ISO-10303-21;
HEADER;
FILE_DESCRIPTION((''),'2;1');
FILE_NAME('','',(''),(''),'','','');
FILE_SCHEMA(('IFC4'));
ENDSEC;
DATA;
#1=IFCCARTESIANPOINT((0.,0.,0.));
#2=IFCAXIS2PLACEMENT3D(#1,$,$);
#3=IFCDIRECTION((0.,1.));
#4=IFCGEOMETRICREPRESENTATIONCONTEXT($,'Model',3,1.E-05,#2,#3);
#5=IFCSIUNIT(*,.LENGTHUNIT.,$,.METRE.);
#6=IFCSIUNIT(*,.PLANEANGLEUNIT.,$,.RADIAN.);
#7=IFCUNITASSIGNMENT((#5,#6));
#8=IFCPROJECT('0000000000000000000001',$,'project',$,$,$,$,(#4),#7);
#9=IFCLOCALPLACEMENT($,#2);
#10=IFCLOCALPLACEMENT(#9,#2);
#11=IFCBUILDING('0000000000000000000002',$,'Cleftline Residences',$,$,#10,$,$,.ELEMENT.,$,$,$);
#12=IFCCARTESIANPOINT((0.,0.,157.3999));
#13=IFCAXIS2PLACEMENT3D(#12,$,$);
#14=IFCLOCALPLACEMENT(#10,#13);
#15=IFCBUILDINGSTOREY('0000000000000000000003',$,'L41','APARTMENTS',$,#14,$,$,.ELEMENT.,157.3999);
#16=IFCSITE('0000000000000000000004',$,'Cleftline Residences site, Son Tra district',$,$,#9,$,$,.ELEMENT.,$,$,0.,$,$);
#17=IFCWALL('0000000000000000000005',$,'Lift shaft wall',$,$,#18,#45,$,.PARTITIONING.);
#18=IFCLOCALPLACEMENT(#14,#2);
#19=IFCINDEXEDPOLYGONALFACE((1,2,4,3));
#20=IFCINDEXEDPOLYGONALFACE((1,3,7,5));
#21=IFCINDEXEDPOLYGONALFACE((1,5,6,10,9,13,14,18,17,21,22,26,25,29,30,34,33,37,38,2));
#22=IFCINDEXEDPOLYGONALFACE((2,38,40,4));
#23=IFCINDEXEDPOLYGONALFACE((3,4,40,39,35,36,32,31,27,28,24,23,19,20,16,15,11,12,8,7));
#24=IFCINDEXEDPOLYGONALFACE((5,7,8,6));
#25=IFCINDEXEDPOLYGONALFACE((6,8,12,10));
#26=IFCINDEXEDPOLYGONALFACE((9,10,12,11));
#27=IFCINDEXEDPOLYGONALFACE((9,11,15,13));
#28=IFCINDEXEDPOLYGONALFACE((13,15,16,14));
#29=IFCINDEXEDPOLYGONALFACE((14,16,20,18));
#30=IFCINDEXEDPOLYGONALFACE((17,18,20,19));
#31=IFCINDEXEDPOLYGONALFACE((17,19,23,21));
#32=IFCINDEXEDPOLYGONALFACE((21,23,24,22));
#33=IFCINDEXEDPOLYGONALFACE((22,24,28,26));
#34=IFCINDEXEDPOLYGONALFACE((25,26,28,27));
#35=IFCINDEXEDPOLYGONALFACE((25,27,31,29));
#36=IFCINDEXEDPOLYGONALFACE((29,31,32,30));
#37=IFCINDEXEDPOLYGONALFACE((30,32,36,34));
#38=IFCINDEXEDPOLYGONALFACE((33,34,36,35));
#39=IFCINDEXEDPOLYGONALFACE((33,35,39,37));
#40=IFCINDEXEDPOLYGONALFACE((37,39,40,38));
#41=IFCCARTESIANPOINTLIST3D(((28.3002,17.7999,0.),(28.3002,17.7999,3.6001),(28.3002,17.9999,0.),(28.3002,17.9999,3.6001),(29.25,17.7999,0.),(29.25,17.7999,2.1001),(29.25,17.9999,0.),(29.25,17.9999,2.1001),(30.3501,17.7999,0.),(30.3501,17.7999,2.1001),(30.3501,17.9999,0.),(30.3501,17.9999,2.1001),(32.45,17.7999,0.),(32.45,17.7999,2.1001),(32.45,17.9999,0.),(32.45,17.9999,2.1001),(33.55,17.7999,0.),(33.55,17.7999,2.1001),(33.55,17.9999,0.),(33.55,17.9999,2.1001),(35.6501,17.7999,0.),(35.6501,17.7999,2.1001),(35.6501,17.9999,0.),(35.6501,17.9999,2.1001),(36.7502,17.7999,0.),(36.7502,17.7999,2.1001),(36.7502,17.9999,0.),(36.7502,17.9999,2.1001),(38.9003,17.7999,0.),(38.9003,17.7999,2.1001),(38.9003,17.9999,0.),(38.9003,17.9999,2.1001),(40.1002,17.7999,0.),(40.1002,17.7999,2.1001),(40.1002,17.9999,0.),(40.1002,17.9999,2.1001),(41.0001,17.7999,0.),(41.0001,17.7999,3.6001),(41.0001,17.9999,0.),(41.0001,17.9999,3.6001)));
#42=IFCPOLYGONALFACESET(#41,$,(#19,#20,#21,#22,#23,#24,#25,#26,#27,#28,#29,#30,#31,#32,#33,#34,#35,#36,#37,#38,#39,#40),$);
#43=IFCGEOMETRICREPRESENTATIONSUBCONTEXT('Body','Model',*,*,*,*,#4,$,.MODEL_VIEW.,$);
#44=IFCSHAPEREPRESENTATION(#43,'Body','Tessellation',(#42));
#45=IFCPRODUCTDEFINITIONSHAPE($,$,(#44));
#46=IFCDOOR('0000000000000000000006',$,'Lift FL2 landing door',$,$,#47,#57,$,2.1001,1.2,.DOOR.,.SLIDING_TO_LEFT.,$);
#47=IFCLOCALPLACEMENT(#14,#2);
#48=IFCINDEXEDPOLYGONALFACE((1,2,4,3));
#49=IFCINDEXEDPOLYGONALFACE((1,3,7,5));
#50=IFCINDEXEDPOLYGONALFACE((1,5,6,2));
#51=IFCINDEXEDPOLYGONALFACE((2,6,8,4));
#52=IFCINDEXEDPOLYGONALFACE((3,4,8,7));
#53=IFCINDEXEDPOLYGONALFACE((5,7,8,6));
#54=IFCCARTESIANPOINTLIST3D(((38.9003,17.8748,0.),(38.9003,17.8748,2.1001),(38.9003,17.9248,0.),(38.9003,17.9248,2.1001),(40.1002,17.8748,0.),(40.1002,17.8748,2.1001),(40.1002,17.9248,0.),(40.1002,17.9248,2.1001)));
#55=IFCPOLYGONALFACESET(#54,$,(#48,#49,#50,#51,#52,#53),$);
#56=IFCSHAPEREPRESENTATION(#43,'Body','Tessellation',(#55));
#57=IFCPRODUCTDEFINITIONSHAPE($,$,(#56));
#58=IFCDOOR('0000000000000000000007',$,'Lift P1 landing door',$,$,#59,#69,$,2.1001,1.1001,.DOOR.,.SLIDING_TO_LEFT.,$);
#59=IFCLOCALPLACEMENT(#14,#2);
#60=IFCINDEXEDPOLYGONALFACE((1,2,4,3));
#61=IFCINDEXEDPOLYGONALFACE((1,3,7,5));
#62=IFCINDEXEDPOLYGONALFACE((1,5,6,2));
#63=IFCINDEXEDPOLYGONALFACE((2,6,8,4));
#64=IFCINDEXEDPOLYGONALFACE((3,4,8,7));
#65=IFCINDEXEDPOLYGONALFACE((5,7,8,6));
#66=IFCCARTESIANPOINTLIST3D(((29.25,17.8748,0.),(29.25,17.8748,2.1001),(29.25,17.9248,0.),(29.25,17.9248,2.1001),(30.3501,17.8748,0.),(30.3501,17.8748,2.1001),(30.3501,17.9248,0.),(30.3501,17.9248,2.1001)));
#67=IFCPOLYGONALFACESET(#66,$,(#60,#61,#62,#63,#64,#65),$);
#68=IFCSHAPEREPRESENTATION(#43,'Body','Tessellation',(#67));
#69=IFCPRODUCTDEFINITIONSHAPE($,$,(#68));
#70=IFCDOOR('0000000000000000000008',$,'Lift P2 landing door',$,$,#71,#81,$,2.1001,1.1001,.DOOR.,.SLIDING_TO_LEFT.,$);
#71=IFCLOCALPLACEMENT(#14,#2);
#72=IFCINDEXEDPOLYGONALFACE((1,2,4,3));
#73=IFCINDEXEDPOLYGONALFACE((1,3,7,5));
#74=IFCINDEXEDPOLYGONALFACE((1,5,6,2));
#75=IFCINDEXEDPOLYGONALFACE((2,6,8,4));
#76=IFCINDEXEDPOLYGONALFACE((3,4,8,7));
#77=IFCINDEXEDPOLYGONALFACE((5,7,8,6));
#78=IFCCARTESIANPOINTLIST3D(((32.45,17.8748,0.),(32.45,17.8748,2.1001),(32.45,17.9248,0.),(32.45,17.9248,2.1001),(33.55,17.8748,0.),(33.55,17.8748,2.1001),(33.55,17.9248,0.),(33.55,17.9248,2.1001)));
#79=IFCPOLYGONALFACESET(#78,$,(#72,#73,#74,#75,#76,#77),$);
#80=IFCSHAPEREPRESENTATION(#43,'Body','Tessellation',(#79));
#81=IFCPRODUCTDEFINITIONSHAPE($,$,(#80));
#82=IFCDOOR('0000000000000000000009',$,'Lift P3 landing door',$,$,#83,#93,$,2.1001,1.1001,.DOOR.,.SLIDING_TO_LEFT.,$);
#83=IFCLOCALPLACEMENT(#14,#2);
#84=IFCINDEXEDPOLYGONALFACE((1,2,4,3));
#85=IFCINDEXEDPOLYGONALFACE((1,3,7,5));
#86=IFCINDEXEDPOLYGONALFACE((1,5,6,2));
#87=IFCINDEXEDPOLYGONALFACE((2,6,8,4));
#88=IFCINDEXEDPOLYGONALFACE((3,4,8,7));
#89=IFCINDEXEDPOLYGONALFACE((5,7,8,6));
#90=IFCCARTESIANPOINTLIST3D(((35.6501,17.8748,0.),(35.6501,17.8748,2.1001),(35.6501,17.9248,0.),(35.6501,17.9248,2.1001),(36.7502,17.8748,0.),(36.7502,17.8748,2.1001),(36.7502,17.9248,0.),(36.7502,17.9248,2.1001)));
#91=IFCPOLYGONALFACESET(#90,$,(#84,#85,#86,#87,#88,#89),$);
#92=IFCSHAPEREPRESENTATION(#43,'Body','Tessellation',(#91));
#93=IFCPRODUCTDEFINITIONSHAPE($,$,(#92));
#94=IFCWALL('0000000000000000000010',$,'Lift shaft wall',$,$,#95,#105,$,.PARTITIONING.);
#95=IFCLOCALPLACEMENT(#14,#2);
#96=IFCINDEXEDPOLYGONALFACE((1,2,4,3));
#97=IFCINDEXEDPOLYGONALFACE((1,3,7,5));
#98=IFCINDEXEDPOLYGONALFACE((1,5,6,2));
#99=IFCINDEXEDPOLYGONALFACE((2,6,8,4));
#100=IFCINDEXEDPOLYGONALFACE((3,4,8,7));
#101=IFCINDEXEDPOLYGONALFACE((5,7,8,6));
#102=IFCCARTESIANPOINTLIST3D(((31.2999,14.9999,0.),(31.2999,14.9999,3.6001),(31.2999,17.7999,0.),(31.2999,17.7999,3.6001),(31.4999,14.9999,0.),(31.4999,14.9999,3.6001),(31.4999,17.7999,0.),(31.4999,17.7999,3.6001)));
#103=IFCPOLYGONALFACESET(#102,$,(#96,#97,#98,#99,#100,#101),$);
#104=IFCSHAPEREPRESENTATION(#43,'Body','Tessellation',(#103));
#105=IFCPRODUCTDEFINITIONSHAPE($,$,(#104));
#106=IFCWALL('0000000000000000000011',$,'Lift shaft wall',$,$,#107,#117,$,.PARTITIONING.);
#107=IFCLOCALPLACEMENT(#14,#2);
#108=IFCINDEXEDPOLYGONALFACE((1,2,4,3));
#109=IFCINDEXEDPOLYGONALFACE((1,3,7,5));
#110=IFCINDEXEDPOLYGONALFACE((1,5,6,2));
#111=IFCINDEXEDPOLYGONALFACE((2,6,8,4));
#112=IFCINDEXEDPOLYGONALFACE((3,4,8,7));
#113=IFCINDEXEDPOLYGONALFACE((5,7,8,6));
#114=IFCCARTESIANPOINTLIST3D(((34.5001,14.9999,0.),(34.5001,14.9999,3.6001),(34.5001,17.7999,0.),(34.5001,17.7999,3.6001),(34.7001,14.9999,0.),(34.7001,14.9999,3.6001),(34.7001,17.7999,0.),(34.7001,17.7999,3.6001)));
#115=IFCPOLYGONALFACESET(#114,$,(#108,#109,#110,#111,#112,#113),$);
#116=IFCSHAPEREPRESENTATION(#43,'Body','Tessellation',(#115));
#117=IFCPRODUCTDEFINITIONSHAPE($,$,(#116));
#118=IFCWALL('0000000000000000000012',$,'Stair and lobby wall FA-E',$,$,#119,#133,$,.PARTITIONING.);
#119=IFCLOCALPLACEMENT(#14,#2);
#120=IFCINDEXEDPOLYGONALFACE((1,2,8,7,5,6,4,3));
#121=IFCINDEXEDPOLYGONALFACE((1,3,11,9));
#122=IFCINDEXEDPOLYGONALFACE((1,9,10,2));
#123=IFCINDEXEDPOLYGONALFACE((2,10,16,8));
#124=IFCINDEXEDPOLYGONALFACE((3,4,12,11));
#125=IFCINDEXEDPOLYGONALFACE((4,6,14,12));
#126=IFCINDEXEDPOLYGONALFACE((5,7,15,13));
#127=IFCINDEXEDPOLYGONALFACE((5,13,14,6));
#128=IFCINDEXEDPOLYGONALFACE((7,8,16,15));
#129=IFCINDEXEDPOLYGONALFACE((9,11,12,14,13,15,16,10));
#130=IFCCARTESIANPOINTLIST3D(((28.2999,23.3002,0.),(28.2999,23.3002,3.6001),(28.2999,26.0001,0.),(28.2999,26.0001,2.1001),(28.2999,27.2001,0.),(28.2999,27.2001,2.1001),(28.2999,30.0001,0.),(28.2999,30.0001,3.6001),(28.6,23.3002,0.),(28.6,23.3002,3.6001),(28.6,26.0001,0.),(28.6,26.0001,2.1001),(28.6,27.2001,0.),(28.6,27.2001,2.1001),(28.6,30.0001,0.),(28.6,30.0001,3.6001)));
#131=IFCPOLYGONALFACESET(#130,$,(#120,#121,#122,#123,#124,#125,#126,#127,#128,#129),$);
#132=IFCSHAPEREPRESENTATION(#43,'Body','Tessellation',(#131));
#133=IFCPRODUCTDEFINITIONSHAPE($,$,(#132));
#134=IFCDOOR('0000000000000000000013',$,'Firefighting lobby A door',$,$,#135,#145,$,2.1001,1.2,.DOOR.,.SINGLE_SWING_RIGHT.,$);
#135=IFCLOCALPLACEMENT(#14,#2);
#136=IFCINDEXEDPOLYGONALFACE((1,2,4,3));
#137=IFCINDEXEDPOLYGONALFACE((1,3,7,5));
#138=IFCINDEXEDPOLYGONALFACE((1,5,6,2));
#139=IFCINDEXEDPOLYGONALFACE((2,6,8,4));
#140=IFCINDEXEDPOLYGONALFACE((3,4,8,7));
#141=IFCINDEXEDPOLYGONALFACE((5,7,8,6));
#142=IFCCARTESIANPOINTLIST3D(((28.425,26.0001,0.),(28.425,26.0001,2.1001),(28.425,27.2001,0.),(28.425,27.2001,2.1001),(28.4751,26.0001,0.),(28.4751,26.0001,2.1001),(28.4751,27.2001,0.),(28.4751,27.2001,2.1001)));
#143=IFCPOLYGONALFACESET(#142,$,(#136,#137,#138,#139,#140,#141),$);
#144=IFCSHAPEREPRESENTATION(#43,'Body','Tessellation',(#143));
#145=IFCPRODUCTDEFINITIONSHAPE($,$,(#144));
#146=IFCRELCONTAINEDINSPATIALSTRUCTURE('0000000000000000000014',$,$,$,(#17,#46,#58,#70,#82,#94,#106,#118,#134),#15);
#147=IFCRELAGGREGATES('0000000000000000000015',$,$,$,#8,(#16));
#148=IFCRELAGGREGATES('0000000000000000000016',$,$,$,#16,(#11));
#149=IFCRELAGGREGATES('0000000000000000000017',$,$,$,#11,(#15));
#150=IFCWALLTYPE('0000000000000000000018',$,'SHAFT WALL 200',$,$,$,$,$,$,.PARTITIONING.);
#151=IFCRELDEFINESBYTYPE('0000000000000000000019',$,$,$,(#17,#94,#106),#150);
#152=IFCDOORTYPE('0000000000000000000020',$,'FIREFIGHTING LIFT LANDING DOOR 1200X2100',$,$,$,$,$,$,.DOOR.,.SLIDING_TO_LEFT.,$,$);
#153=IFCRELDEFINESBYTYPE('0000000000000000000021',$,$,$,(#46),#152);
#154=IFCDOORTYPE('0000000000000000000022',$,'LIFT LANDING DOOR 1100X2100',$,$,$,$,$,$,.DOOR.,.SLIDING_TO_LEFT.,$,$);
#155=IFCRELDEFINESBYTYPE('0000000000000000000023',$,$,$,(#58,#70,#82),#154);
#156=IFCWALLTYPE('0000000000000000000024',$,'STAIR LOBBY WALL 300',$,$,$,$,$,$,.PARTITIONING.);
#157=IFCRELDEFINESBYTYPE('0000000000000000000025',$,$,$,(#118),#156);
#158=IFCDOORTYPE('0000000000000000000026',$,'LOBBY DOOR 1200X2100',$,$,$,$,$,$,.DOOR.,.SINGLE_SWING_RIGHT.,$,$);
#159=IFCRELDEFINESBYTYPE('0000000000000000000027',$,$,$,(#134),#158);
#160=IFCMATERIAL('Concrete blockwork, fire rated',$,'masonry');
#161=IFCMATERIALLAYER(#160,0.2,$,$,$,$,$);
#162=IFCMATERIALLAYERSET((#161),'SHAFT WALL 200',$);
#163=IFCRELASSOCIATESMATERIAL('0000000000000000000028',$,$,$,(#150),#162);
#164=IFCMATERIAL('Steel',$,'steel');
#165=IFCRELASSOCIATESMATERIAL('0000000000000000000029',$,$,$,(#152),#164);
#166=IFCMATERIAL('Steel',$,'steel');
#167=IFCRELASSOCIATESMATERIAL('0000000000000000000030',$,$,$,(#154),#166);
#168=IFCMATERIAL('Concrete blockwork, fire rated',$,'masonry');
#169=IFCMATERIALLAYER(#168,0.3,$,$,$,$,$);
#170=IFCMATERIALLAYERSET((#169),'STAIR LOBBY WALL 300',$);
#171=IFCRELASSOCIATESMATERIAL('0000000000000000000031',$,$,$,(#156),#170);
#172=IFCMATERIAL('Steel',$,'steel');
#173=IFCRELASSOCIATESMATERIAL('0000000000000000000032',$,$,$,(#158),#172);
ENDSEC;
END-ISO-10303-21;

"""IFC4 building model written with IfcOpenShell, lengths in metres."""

from ifc_helpers import new_model, si_unit, direction, frame, frame_2d, origin, place, context, subcontext, project, spatial, rectangle, extrude, material, layer, layer_set, type_object, element, fill, save


model = new_model("IFC4")

# Units and contexts
model_context = context("Model", 3, precision=1e-05, world=origin(), true_north=direction((0.0, 1.0)))
body_context = subcontext(model_context, "Body", "Model", "MODEL_VIEW")
ifc_project = project(units=[si_unit("LENGTHUNIT", "METRE"), si_unit("PLANEANGLEUNIT", "RADIAN")], contexts=[model_context])

# Site, building, storey
site_placement = place(None, origin())
site = spatial("IfcSite", under=ifc_project, at=site_placement, Name="Cleftline Residences site, Son Tra district", CompositionType="ELEMENT", RefElevation=0.0)
building_placement = place(site_placement, origin())
building = spatial("IfcBuilding", under=site, at=building_placement, Name="Cleftline Residences", CompositionType="ELEMENT")
storey_placement = place(building_placement, frame((0.0, 0.0, 157.3999)))
storey = spatial("IfcBuildingStorey", under=building, at=storey_placement, Name="L41", Description="APARTMENTS", CompositionType="ELEMENT", Elevation=157.3999)

# Wall, openings, doors
ifc_material_1 = material(Name="Concrete blockwork, fire rated", Category="masonry")
ifc_layer_1 = layer(ifc_material_1, 0.2)
ifc_layer_set_1 = layer_set([ifc_layer_1], Name="SHAFT WALL 200")
wall_type_1 = type_object("IfcWallType", Name="SHAFT WALL 200", PredefinedType="PARTITIONING", material=ifc_layer_set_1)
wall_1_placement = place(storey_placement, frame((28.3, 17.8999, 0.0), z_axis=(0.0, 0.0, 1.0), x_axis=(1.0, 0.0, 0.0)))
wall_1 = element("IfcWall", 1, at=wall_1_placement, inside=storey, type_object=wall_type_1, Name="Lift shaft wall", PredefinedType="PARTITIONING", context=body_context, shape_type="SweptSolid", body=[
    extrude(rectangle(XDim=12.7, YDim=0.2, at=frame_2d((6.3501, 0.0))), origin(), (0.0, 0.0, 1.0), 3.6001),
])
opening_1_placement = place(wall_1_placement, frame((0.95, 0.0, 0.0)))
opening_1 = element("IfcOpeningElement", 2, at=opening_1_placement, cuts=wall_1, PredefinedType="OPENING", context=body_context, shape_type="SweptSolid", body=[
    extrude(rectangle(XDim=1.1001, YDim=2.1001, at=frame_2d((0.55, 1.05))), frame((0.0, 0.1099, 0.0), z_axis=(0.0, -1.0, 0.0), x_axis=(1.0, 0.0, 0.0)), (0.0, 0.0, 1.0), 0.22),
])
opening_2_placement = place(wall_1_placement, frame((4.1499, 0.0, 0.0)))
opening_2 = element("IfcOpeningElement", 3, at=opening_2_placement, cuts=wall_1, PredefinedType="OPENING", context=body_context, shape_type="SweptSolid", body=[
    extrude(rectangle(XDim=1.1001, YDim=2.1001, at=frame_2d((0.55, 1.05))), frame((0.0, 0.1099, 0.0), z_axis=(0.0, -1.0, 0.0), x_axis=(1.0, 0.0, 0.0)), (0.0, 0.0, 1.0), 0.22),
])
opening_3_placement = place(wall_1_placement, frame((7.3501, 0.0, 0.0)))
opening_3 = element("IfcOpeningElement", 4, at=opening_3_placement, cuts=wall_1, PredefinedType="OPENING", context=body_context, shape_type="SweptSolid", body=[
    extrude(rectangle(XDim=1.1001, YDim=2.1001, at=frame_2d((0.55, 1.05))), frame((0.0, 0.1099, 0.0), z_axis=(0.0, -1.0, 0.0), x_axis=(1.0, 0.0, 0.0)), (0.0, 0.0, 1.0), 0.22),
])
opening_4_placement = place(wall_1_placement, frame((10.6001, 0.0, 0.0)))
opening_4 = element("IfcOpeningElement", 5, at=opening_4_placement, cuts=wall_1, PredefinedType="OPENING", context=body_context, shape_type="SweptSolid", body=[
    extrude(rectangle(XDim=1.2, YDim=2.1001, at=frame_2d((0.6001, 1.05))), frame((0.0, 0.1099, 0.0), z_axis=(0.0, -1.0, 0.0), x_axis=(1.0, 0.0, 0.0)), (0.0, 0.0, 1.0), 0.22),
])
ifc_material_2 = material(Name="Steel", Category="steel")
door_type_1 = type_object("IfcDoorType", Name="FIREFIGHTING LIFT LANDING DOOR 1200X2100", OperationType="SLIDING_TO_LEFT", PredefinedType="DOOR", material=ifc_material_2)
door_1_placement = place(opening_4_placement, origin())
door_1 = element("IfcDoor", 6, at=door_1_placement, inside=storey, type_object=door_type_1, Name="Lift FL2 landing door", OperationType="SLIDING_TO_LEFT", OverallHeight=2.1001, OverallWidth=1.2, PredefinedType="DOOR", context=body_context, shape_type="SweptSolid", body=[
    extrude(rectangle(XDim=1.2, YDim=2.1001, at=frame_2d((0.6001, 1.05))), frame((0.0, 0.0249, 0.0), z_axis=(0.0, -1.0, 0.0), x_axis=(1.0, 0.0, 0.0)), (0.0, 0.0, 1.0), 0.05),
])
fill(opening_4, door_1)
ifc_material_3 = material(Name="Steel", Category="steel")
door_type_2 = type_object("IfcDoorType", Name="LIFT LANDING DOOR 1100X2100", OperationType="SLIDING_TO_LEFT", PredefinedType="DOOR", material=ifc_material_3)
door_2_placement = place(opening_1_placement, origin())
door_2 = element("IfcDoor", 7, at=door_2_placement, inside=storey, type_object=door_type_2, Name="Lift P1 landing door", OperationType="SLIDING_TO_LEFT", OverallHeight=2.1001, OverallWidth=1.1001, PredefinedType="DOOR", context=body_context, shape_type="SweptSolid", body=[
    extrude(rectangle(XDim=1.1001, YDim=2.1001, at=frame_2d((0.55, 1.05))), frame((0.0, 0.0249, 0.0), z_axis=(0.0, -1.0, 0.0), x_axis=(1.0, 0.0, 0.0)), (0.0, 0.0, 1.0), 0.05),
])
fill(opening_1, door_2)
door_3_placement = place(opening_2_placement, origin())
door_3 = element("IfcDoor", 8, at=door_3_placement, inside=storey, type_object=door_type_2, Name="Lift P2 landing door", OperationType="SLIDING_TO_LEFT", OverallHeight=2.1001, OverallWidth=1.1001, PredefinedType="DOOR", context=body_context, shape_type="SweptSolid", body=[
    extrude(rectangle(XDim=1.1001, YDim=2.1001, at=frame_2d((0.55, 1.05))), frame((0.0, 0.0249, 0.0), z_axis=(0.0, -1.0, 0.0), x_axis=(1.0, 0.0, 0.0)), (0.0, 0.0, 1.0), 0.05),
])
fill(opening_2, door_3)
door_4_placement = place(opening_3_placement, origin())
door_4 = element("IfcDoor", 9, at=door_4_placement, inside=storey, type_object=door_type_2, Name="Lift P3 landing door", OperationType="SLIDING_TO_LEFT", OverallHeight=2.1001, OverallWidth=1.1001, PredefinedType="DOOR", context=body_context, shape_type="SweptSolid", body=[
    extrude(rectangle(XDim=1.1001, YDim=2.1001, at=frame_2d((0.55, 1.05))), frame((0.0, 0.0249, 0.0), z_axis=(0.0, -1.0, 0.0), x_axis=(1.0, 0.0, 0.0)), (0.0, 0.0, 1.0), 0.05),
])
fill(opening_3, door_4)

# Walls
for number, where, z_axis, x_axis, name in (
    (10, (31.3999, 15.0, 0.0), (0.0, 0.0, 1.0), (0.0, 1.0, 0.0), "Lift shaft wall"),
    (11, (34.6001, 15.0, 0.0), (0.0, 0.0, 1.0), (0.0, 1.0, 0.0), "Lift shaft wall"),
):
    element("IfcWall", number, at=place(storey_placement, frame(where, z_axis=z_axis, x_axis=x_axis)), inside=storey, type_object=wall_type_1, Name=name, PredefinedType="PARTITIONING", context=body_context, shape_type="SweptSolid", body=[
        extrude(rectangle(XDim=2.8, YDim=0.2, at=frame_2d((1.3999, 0.0))), origin(), (0.0, 0.0, 1.0), 3.6001),
    ])

# Wall, opening, door
ifc_material_4 = material(Name="Concrete blockwork, fire rated", Category="masonry")
ifc_layer_2 = layer(ifc_material_4, 0.3)
ifc_layer_set_2 = layer_set([ifc_layer_2], Name="STAIR LOBBY WALL 300")
wall_type_2 = type_object("IfcWallType", Name="STAIR LOBBY WALL 300", PredefinedType="PARTITIONING", material=ifc_layer_set_2)
wall_2_placement = place(storey_placement, frame((28.45, 23.3, 0.0), z_axis=(0.0, 0.0, 1.0), x_axis=(0.0, 1.0, 0.0)))
wall_2 = element("IfcWall", 12, at=wall_2_placement, inside=storey, type_object=wall_type_2, Name="Stair and lobby wall FA-E", PredefinedType="PARTITIONING", context=body_context, shape_type="SweptSolid", body=[
    extrude(rectangle(XDim=6.7, YDim=0.3, at=frame_2d((3.3501, 0.0))), origin(), (0.0, 0.0, 1.0), 3.6001),
])
opening_5_placement = place(wall_2_placement, frame((2.7, 0.0, 0.0)))
opening_5 = element("IfcOpeningElement", 13, at=opening_5_placement, cuts=wall_2, PredefinedType="OPENING", context=body_context, shape_type="SweptSolid", body=[
    extrude(rectangle(XDim=1.2, YDim=2.1001, at=frame_2d((0.6001, 1.05))), frame((0.0, 0.1599, 0.0), z_axis=(0.0, -1.0, 0.0), x_axis=(1.0, 0.0, 0.0)), (0.0, 0.0, 1.0), 0.3201),
])
ifc_material_5 = material(Name="Steel", Category="steel")
door_type_3 = type_object("IfcDoorType", Name="LOBBY DOOR 1200X2100", OperationType="SINGLE_SWING_RIGHT", PredefinedType="DOOR", material=ifc_material_5)
door_5_placement = place(opening_5_placement, origin())
door_5 = element("IfcDoor", 14, at=door_5_placement, inside=storey, type_object=door_type_3, Name="Firefighting lobby A door", OperationType="SINGLE_SWING_RIGHT", OverallHeight=2.1001, OverallWidth=1.2, PredefinedType="DOOR", context=body_context, shape_type="SweptSolid", body=[
    extrude(rectangle(XDim=1.2, YDim=2.1001, at=frame_2d((0.6001, 1.05))), frame((0.0, 0.0249, 0.0), z_axis=(0.0, -1.0, 0.0), x_axis=(1.0, 0.0, 0.0)), (0.0, 0.0, 1.0), 0.05),
])
fill(opening_5, door_5)

save(model, "model.ifc")
